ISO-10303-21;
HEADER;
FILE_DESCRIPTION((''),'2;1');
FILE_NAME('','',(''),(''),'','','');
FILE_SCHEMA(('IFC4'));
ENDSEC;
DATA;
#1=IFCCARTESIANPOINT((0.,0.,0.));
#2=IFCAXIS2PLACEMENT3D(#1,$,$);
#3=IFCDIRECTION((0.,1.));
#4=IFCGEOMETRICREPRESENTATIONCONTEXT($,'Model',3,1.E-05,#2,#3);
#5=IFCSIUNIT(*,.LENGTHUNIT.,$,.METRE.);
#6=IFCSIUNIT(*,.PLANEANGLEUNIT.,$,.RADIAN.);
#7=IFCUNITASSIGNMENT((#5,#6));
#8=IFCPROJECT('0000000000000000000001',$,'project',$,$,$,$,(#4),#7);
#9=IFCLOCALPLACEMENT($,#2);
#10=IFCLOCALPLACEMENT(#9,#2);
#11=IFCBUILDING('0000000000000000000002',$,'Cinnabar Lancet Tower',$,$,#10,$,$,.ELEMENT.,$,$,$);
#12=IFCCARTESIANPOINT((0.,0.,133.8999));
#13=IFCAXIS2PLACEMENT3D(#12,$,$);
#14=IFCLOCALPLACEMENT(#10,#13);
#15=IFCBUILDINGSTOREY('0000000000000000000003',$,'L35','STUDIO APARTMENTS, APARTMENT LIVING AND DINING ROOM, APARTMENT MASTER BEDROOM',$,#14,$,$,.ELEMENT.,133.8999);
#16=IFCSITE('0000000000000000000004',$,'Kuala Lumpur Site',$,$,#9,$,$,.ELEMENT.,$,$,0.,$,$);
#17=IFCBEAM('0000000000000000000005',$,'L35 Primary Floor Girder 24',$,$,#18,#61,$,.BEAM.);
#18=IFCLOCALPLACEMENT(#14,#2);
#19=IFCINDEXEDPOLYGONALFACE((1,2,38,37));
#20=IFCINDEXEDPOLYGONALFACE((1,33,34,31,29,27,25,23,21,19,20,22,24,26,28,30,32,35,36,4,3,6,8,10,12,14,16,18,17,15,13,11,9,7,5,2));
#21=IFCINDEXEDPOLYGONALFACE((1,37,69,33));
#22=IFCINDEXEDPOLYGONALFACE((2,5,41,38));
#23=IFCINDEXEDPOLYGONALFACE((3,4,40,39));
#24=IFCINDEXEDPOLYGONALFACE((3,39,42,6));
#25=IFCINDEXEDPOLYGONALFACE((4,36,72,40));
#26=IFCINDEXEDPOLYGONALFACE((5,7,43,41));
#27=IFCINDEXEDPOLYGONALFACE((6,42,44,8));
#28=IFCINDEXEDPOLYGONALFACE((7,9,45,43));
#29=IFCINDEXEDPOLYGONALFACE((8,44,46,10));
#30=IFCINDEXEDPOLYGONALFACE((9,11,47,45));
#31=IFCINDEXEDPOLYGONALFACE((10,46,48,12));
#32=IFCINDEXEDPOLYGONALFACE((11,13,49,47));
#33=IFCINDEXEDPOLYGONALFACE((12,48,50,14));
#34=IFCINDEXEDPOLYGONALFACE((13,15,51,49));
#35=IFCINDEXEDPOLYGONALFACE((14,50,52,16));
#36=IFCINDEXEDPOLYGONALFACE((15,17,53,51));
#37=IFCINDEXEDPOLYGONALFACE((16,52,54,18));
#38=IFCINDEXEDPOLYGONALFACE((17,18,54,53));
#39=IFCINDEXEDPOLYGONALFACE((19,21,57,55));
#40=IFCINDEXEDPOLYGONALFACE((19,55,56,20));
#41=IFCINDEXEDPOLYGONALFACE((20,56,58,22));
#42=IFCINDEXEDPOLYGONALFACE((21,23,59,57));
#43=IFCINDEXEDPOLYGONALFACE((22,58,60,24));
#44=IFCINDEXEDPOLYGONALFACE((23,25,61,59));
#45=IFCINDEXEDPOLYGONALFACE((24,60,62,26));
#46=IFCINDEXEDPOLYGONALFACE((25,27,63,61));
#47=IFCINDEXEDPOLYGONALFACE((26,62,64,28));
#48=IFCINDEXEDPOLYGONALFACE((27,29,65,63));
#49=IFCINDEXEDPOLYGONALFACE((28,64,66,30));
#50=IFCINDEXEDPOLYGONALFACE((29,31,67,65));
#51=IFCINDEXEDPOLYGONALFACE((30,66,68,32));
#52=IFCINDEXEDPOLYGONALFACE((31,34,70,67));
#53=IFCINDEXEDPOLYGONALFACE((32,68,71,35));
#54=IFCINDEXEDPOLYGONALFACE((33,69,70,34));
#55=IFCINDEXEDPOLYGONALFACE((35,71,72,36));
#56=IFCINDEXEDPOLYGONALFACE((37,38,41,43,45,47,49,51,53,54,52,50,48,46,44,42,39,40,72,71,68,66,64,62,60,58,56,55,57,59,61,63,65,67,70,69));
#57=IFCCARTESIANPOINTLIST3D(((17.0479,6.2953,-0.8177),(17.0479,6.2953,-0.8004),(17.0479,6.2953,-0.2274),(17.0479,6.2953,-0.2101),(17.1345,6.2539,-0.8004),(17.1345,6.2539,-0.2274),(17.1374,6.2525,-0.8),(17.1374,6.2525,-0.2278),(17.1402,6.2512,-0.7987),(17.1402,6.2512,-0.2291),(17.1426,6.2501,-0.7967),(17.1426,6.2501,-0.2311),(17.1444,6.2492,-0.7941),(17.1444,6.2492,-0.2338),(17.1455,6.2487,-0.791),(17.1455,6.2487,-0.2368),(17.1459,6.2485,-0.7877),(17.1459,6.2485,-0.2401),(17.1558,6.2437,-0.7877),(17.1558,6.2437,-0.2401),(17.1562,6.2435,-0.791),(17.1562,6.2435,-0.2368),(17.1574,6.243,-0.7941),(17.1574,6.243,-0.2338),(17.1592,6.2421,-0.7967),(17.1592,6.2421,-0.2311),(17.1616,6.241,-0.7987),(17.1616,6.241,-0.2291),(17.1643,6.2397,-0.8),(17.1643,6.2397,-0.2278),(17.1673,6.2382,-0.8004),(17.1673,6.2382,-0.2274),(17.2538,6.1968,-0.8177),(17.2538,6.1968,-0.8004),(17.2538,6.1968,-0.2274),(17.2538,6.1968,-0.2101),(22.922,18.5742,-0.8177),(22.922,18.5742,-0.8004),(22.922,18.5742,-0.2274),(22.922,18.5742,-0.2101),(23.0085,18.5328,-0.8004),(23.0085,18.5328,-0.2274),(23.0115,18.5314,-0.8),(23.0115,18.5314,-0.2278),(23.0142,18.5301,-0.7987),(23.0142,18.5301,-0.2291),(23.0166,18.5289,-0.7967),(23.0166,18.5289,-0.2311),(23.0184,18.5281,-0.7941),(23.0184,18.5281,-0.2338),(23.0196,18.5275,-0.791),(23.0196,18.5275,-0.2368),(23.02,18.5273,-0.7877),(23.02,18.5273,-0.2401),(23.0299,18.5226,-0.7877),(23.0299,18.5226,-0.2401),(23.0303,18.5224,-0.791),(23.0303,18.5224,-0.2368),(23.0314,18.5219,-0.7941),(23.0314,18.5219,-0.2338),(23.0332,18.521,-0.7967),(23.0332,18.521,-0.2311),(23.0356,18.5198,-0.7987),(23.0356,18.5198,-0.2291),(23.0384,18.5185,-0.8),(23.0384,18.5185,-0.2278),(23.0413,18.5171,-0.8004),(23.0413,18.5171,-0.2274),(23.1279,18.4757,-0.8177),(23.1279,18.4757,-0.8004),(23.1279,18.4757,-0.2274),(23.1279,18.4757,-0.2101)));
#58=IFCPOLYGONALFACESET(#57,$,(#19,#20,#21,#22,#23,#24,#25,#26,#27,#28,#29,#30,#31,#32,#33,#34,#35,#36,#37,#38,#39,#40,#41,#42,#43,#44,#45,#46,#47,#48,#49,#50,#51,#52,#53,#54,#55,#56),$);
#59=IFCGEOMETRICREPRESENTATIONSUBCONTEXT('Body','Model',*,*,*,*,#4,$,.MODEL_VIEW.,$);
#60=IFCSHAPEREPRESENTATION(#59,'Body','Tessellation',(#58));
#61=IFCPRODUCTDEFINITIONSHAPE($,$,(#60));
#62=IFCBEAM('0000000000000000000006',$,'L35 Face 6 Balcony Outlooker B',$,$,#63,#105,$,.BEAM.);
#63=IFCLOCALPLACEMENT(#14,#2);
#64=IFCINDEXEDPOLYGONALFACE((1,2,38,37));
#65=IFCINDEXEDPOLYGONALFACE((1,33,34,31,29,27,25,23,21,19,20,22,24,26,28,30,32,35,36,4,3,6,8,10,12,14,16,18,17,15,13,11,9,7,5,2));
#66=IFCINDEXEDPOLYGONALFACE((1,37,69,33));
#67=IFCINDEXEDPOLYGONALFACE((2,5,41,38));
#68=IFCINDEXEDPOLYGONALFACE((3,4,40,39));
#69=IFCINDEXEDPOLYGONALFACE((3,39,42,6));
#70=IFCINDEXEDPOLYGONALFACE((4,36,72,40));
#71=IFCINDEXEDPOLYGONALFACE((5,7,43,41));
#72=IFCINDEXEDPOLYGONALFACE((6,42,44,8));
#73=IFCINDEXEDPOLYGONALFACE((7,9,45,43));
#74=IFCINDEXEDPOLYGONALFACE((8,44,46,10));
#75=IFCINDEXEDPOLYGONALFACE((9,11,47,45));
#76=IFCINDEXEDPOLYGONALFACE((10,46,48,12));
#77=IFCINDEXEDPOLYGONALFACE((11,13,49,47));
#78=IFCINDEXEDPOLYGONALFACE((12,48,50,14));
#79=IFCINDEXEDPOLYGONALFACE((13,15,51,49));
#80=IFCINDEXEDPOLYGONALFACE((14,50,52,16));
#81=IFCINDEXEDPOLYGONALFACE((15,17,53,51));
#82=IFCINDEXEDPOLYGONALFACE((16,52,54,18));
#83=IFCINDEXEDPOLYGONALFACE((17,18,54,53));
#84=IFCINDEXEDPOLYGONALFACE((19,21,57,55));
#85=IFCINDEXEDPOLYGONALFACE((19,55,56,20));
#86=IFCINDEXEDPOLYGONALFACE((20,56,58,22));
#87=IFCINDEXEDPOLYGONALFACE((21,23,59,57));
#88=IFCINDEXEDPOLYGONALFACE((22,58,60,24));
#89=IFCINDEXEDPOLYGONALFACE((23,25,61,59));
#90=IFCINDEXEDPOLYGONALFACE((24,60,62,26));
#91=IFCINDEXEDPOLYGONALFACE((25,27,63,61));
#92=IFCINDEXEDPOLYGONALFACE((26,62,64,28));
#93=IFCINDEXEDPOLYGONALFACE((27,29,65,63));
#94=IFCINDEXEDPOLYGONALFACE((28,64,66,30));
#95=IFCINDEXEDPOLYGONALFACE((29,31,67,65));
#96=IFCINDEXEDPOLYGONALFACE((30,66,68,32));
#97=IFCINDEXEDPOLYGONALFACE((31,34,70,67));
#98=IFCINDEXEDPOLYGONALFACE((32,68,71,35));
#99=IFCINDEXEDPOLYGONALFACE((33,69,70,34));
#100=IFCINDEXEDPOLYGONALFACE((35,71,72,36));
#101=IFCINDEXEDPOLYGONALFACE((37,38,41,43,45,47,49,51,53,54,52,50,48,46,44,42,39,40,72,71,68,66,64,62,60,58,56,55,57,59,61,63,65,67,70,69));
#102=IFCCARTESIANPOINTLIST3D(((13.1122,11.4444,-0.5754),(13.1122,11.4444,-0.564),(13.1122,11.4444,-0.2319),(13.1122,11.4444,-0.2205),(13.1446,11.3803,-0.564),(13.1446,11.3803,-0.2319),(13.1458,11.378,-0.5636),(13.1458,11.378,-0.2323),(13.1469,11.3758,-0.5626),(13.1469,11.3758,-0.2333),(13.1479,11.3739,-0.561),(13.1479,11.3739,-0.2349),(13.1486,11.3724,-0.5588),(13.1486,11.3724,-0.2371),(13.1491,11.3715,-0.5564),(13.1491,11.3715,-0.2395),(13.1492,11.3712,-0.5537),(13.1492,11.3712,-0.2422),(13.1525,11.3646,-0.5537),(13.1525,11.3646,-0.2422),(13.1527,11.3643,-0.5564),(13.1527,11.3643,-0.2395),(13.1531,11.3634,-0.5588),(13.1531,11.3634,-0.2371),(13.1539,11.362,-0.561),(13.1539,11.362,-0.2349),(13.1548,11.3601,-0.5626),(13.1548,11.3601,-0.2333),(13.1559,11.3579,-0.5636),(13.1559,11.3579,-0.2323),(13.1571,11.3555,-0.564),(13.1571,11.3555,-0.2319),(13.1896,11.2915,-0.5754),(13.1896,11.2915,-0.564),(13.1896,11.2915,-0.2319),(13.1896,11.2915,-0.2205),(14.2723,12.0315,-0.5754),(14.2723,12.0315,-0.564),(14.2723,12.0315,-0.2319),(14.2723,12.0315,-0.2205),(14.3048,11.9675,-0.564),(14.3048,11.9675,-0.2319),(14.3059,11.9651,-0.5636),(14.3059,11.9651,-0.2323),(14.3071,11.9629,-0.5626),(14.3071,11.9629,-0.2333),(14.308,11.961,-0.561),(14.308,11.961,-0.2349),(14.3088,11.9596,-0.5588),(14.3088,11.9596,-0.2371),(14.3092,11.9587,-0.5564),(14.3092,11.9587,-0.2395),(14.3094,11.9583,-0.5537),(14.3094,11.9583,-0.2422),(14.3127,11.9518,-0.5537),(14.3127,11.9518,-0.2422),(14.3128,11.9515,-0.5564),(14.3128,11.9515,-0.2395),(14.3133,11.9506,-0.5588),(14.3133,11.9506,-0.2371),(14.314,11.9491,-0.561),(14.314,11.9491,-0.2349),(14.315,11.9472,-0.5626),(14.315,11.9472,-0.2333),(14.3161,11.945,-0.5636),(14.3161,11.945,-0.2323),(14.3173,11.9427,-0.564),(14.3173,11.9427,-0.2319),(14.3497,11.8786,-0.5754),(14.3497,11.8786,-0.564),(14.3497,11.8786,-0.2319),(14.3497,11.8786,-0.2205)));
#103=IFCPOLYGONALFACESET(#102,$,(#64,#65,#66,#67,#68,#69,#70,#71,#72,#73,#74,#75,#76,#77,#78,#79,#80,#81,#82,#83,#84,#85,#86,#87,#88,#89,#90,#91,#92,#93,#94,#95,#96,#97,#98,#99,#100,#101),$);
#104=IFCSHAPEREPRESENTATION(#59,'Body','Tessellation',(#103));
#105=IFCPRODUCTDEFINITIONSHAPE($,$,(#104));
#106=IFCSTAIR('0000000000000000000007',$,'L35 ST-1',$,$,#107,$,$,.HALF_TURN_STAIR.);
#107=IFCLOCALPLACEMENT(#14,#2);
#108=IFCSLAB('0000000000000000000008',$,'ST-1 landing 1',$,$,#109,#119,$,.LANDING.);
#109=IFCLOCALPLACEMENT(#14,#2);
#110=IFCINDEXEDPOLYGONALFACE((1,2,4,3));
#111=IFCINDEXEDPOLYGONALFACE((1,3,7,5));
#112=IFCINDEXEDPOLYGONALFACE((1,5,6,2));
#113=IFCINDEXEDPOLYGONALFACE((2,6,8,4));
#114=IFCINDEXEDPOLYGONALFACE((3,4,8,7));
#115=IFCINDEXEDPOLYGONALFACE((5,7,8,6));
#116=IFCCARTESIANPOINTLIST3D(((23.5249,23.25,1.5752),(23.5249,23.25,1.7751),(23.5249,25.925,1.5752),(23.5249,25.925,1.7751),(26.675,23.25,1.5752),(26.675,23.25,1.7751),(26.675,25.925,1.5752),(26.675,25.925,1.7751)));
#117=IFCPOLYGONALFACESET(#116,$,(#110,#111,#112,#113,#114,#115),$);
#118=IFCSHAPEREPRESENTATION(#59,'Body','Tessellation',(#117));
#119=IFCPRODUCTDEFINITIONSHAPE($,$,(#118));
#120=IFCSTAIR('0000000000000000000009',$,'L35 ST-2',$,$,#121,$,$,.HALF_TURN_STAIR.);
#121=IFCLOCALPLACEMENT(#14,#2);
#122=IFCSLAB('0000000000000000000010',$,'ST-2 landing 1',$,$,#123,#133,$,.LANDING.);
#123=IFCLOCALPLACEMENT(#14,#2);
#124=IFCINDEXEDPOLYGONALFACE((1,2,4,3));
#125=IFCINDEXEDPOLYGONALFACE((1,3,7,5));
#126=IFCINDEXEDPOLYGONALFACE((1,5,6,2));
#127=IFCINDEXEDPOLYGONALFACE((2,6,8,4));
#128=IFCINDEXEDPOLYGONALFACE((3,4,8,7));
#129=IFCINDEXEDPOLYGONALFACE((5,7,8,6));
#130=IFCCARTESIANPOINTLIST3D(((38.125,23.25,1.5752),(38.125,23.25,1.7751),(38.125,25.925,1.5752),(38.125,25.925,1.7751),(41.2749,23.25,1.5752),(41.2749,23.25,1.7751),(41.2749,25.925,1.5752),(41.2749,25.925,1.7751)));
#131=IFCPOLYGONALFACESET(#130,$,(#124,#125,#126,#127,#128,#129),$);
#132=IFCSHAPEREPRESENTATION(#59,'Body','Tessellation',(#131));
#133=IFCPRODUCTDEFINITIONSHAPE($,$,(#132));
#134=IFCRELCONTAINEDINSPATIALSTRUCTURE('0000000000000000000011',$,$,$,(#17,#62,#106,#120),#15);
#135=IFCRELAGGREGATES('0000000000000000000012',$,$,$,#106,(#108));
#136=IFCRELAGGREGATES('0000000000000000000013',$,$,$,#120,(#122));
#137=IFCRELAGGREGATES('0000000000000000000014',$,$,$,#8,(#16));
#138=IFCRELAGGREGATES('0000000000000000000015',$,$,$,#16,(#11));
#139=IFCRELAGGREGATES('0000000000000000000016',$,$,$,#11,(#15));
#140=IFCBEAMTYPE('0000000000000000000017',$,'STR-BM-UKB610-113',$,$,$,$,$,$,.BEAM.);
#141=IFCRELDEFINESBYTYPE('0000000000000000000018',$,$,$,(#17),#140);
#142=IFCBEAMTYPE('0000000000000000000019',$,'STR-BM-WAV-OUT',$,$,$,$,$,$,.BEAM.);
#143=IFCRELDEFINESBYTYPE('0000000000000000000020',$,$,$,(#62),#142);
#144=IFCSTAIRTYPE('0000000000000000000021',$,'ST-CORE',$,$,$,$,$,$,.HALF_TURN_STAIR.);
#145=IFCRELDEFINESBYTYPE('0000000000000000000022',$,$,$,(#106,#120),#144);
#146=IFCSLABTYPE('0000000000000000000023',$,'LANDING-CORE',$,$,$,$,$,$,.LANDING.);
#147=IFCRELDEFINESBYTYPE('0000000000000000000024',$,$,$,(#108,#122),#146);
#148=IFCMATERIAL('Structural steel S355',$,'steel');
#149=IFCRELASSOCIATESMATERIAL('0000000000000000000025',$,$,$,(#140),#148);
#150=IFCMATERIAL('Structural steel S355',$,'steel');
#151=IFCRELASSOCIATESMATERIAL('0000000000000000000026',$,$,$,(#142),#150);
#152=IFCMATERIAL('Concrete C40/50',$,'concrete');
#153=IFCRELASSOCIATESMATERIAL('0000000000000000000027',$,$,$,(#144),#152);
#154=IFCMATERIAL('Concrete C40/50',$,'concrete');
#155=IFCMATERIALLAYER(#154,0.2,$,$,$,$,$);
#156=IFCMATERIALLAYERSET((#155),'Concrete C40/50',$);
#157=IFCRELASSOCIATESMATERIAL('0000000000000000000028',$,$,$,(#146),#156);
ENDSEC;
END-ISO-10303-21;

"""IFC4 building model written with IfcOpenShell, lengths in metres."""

from ifc_helpers import new_model, si_unit, direction, frame, origin, origin_2d, place, context, subcontext, project, spatial, polyline, i_section, outline, extrude, material, layer, layer_set, material_profile, profile_set, type_object, element, aggregate, save


model = new_model("IFC4")

# Units and contexts
model_context = context("Model", 3, precision=1e-05, world=origin(), true_north=direction((0.0, 1.0)))
body_context = subcontext(model_context, "Body", "Model", "MODEL_VIEW")
ifc_project = project(units=[si_unit("LENGTHUNIT", "METRE"), si_unit("PLANEANGLEUNIT", "RADIAN")], contexts=[model_context])

# Site, building, storey
site_placement = place(None, origin())
site = spatial("IfcSite", under=ifc_project, at=site_placement, Name="Kuala Lumpur Site", CompositionType="ELEMENT", RefElevation=0.0)
building_placement = place(site_placement, origin())
building = spatial("IfcBuilding", under=site, at=building_placement, Name="Cinnabar Lancet Tower", CompositionType="ELEMENT")
storey_placement = place(building_placement, frame((0.0, 0.0, 133.8999)))
storey = spatial("IfcBuildingStorey", under=building, at=storey_placement, Name="L35", Description="STUDIO APARTMENTS, APARTMENT LIVING AND DINING ROOM, APARTMENT MASTER BEDROOM", CompositionType="ELEMENT", Elevation=133.8999)

# Beams
ifc_material_1 = material(Name="Structural steel S355", Category="steel")
ifc_material_profile_1 = material_profile(ifc_material_1, i_section(OverallWidth=0.2283, OverallDepth=0.6077, WebThickness=0.011, FlangeThickness=0.0173, FilletRadius=0.0127, at=origin_2d()), Name="UKB 610x229x113")
ifc_profile_set_1 = profile_set([ifc_material_profile_1], Name="Structural steel S355")
beam_type_1 = type_object("IfcBeamType", Name="STR-BM-UKB610-113", PredefinedType="BEAM", material=ifc_profile_set_1)
beam_1_placement = place(storey_placement, frame((17.1509, 6.2461, -0.5139), z_axis=(0.431548, 0.90209, 0.0), x_axis=(-0.90209, 0.431548, 0.0)))
element("IfcBeam", 1, at=beam_1_placement, inside=storey, type_object=beam_type_1, Name="L35 Primary Floor Girder 24", PredefinedType="BEAM", context=body_context, shape_type="SweptSolid", body=[
    extrude(i_section(OverallWidth=0.2283, OverallDepth=0.6077, WebThickness=0.011, FlangeThickness=0.0173, FilletRadius=0.0127, at=origin_2d()), origin(), (0.0, 0.0, 1.0), 13.6116),
])
ifc_material_2 = material(Name="Structural steel S355", Category="steel")
ifc_material_profile_2 = material_profile(ifc_material_2, i_section(OverallWidth=0.1714, OverallDepth=0.355, WebThickness=0.0073, FlangeThickness=0.0115, FilletRadius=0.0103, at=origin_2d()), Name="UKB 356x171x51")
ifc_profile_set_2 = profile_set([ifc_material_profile_2], Name="Structural steel S355")
beam_type_2 = type_object("IfcBeamType", Name="STR-BM-WAV-OUT", PredefinedType="BEAM", material=ifc_profile_set_2)
beam_2_placement = place(storey_placement, frame((14.311, 11.9551, -0.3979), z_axis=(-0.892239, -0.451564, 0.0), x_axis=(0.451564, -0.892239, 0.0)))
element("IfcBeam", 2, at=beam_2_placement, inside=storey, type_object=beam_type_2, Name="L35 Face 6 Balcony Outlooker B", PredefinedType="BEAM", context=body_context, shape_type="SweptSolid", body=[
    extrude(i_section(OverallWidth=0.1714, OverallDepth=0.355, WebThickness=0.0073, FlangeThickness=0.0115, FilletRadius=0.0103, at=origin_2d()), origin(), (0.0, 0.0, 1.0), 1.3003),
])

# Stairs, slabs
ifc_material_3 = material(Name="Concrete C40/50", Category="concrete")
stair_type = type_object("IfcStairType", Name="ST-CORE", PredefinedType="HALF_TURN_STAIR", material=ifc_material_3)
stair_1_placement = place(storey_placement, origin())
stair_1 = element("IfcStair", 3, at=stair_1_placement, inside=storey, type_object=stair_type, Name="L35 ST-1", PredefinedType="HALF_TURN_STAIR")
ifc_material_4 = material(Name="Concrete C40/50", Category="concrete")
ifc_layer_1 = layer(ifc_material_4, 0.2)
ifc_layer_set_1 = layer_set([ifc_layer_1], Name="Concrete C40/50")
slab_type_1 = type_object("IfcSlabType", Name="LANDING-CORE", PredefinedType="LANDING", material=ifc_layer_set_1)
slab_1_placement = place(storey_placement, frame((0.0, 0.0, 1.5752)))
slab_1 = element("IfcSlab", 4, at=slab_1_placement, type_object=slab_type_1, Name="ST-1 landing 1", PredefinedType="LANDING", context=body_context, shape_type="SweptSolid", body=[
    extrude(outline(polyline([(23.5249, 25.925), (23.5249, 23.25), (26.675, 23.25), (26.675, 25.925), (23.5249, 25.925)])), origin(), (0.0, 0.0, 1.0), 0.2),
])
aggregate(stair_1, [slab_1])
stair_2_placement = place(storey_placement, origin())
stair_2 = element("IfcStair", 5, at=stair_2_placement, inside=storey, type_object=stair_type, Name="L35 ST-2", PredefinedType="HALF_TURN_STAIR")
slab_2_placement = place(storey_placement, frame((0.0, 0.0, 1.5752)))
slab_2 = element("IfcSlab", 6, at=slab_2_placement, type_object=slab_type_1, Name="ST-2 landing 1", PredefinedType="LANDING", context=body_context, shape_type="SweptSolid", body=[
    extrude(outline(polyline([(38.125, 25.925), (38.125, 23.25), (41.2749, 23.25), (41.2749, 25.925), (38.125, 25.925)])), origin(), (0.0, 0.0, 1.0), 0.2),
])
aggregate(stair_2, [slab_2])

save(model, "model.ifc")
